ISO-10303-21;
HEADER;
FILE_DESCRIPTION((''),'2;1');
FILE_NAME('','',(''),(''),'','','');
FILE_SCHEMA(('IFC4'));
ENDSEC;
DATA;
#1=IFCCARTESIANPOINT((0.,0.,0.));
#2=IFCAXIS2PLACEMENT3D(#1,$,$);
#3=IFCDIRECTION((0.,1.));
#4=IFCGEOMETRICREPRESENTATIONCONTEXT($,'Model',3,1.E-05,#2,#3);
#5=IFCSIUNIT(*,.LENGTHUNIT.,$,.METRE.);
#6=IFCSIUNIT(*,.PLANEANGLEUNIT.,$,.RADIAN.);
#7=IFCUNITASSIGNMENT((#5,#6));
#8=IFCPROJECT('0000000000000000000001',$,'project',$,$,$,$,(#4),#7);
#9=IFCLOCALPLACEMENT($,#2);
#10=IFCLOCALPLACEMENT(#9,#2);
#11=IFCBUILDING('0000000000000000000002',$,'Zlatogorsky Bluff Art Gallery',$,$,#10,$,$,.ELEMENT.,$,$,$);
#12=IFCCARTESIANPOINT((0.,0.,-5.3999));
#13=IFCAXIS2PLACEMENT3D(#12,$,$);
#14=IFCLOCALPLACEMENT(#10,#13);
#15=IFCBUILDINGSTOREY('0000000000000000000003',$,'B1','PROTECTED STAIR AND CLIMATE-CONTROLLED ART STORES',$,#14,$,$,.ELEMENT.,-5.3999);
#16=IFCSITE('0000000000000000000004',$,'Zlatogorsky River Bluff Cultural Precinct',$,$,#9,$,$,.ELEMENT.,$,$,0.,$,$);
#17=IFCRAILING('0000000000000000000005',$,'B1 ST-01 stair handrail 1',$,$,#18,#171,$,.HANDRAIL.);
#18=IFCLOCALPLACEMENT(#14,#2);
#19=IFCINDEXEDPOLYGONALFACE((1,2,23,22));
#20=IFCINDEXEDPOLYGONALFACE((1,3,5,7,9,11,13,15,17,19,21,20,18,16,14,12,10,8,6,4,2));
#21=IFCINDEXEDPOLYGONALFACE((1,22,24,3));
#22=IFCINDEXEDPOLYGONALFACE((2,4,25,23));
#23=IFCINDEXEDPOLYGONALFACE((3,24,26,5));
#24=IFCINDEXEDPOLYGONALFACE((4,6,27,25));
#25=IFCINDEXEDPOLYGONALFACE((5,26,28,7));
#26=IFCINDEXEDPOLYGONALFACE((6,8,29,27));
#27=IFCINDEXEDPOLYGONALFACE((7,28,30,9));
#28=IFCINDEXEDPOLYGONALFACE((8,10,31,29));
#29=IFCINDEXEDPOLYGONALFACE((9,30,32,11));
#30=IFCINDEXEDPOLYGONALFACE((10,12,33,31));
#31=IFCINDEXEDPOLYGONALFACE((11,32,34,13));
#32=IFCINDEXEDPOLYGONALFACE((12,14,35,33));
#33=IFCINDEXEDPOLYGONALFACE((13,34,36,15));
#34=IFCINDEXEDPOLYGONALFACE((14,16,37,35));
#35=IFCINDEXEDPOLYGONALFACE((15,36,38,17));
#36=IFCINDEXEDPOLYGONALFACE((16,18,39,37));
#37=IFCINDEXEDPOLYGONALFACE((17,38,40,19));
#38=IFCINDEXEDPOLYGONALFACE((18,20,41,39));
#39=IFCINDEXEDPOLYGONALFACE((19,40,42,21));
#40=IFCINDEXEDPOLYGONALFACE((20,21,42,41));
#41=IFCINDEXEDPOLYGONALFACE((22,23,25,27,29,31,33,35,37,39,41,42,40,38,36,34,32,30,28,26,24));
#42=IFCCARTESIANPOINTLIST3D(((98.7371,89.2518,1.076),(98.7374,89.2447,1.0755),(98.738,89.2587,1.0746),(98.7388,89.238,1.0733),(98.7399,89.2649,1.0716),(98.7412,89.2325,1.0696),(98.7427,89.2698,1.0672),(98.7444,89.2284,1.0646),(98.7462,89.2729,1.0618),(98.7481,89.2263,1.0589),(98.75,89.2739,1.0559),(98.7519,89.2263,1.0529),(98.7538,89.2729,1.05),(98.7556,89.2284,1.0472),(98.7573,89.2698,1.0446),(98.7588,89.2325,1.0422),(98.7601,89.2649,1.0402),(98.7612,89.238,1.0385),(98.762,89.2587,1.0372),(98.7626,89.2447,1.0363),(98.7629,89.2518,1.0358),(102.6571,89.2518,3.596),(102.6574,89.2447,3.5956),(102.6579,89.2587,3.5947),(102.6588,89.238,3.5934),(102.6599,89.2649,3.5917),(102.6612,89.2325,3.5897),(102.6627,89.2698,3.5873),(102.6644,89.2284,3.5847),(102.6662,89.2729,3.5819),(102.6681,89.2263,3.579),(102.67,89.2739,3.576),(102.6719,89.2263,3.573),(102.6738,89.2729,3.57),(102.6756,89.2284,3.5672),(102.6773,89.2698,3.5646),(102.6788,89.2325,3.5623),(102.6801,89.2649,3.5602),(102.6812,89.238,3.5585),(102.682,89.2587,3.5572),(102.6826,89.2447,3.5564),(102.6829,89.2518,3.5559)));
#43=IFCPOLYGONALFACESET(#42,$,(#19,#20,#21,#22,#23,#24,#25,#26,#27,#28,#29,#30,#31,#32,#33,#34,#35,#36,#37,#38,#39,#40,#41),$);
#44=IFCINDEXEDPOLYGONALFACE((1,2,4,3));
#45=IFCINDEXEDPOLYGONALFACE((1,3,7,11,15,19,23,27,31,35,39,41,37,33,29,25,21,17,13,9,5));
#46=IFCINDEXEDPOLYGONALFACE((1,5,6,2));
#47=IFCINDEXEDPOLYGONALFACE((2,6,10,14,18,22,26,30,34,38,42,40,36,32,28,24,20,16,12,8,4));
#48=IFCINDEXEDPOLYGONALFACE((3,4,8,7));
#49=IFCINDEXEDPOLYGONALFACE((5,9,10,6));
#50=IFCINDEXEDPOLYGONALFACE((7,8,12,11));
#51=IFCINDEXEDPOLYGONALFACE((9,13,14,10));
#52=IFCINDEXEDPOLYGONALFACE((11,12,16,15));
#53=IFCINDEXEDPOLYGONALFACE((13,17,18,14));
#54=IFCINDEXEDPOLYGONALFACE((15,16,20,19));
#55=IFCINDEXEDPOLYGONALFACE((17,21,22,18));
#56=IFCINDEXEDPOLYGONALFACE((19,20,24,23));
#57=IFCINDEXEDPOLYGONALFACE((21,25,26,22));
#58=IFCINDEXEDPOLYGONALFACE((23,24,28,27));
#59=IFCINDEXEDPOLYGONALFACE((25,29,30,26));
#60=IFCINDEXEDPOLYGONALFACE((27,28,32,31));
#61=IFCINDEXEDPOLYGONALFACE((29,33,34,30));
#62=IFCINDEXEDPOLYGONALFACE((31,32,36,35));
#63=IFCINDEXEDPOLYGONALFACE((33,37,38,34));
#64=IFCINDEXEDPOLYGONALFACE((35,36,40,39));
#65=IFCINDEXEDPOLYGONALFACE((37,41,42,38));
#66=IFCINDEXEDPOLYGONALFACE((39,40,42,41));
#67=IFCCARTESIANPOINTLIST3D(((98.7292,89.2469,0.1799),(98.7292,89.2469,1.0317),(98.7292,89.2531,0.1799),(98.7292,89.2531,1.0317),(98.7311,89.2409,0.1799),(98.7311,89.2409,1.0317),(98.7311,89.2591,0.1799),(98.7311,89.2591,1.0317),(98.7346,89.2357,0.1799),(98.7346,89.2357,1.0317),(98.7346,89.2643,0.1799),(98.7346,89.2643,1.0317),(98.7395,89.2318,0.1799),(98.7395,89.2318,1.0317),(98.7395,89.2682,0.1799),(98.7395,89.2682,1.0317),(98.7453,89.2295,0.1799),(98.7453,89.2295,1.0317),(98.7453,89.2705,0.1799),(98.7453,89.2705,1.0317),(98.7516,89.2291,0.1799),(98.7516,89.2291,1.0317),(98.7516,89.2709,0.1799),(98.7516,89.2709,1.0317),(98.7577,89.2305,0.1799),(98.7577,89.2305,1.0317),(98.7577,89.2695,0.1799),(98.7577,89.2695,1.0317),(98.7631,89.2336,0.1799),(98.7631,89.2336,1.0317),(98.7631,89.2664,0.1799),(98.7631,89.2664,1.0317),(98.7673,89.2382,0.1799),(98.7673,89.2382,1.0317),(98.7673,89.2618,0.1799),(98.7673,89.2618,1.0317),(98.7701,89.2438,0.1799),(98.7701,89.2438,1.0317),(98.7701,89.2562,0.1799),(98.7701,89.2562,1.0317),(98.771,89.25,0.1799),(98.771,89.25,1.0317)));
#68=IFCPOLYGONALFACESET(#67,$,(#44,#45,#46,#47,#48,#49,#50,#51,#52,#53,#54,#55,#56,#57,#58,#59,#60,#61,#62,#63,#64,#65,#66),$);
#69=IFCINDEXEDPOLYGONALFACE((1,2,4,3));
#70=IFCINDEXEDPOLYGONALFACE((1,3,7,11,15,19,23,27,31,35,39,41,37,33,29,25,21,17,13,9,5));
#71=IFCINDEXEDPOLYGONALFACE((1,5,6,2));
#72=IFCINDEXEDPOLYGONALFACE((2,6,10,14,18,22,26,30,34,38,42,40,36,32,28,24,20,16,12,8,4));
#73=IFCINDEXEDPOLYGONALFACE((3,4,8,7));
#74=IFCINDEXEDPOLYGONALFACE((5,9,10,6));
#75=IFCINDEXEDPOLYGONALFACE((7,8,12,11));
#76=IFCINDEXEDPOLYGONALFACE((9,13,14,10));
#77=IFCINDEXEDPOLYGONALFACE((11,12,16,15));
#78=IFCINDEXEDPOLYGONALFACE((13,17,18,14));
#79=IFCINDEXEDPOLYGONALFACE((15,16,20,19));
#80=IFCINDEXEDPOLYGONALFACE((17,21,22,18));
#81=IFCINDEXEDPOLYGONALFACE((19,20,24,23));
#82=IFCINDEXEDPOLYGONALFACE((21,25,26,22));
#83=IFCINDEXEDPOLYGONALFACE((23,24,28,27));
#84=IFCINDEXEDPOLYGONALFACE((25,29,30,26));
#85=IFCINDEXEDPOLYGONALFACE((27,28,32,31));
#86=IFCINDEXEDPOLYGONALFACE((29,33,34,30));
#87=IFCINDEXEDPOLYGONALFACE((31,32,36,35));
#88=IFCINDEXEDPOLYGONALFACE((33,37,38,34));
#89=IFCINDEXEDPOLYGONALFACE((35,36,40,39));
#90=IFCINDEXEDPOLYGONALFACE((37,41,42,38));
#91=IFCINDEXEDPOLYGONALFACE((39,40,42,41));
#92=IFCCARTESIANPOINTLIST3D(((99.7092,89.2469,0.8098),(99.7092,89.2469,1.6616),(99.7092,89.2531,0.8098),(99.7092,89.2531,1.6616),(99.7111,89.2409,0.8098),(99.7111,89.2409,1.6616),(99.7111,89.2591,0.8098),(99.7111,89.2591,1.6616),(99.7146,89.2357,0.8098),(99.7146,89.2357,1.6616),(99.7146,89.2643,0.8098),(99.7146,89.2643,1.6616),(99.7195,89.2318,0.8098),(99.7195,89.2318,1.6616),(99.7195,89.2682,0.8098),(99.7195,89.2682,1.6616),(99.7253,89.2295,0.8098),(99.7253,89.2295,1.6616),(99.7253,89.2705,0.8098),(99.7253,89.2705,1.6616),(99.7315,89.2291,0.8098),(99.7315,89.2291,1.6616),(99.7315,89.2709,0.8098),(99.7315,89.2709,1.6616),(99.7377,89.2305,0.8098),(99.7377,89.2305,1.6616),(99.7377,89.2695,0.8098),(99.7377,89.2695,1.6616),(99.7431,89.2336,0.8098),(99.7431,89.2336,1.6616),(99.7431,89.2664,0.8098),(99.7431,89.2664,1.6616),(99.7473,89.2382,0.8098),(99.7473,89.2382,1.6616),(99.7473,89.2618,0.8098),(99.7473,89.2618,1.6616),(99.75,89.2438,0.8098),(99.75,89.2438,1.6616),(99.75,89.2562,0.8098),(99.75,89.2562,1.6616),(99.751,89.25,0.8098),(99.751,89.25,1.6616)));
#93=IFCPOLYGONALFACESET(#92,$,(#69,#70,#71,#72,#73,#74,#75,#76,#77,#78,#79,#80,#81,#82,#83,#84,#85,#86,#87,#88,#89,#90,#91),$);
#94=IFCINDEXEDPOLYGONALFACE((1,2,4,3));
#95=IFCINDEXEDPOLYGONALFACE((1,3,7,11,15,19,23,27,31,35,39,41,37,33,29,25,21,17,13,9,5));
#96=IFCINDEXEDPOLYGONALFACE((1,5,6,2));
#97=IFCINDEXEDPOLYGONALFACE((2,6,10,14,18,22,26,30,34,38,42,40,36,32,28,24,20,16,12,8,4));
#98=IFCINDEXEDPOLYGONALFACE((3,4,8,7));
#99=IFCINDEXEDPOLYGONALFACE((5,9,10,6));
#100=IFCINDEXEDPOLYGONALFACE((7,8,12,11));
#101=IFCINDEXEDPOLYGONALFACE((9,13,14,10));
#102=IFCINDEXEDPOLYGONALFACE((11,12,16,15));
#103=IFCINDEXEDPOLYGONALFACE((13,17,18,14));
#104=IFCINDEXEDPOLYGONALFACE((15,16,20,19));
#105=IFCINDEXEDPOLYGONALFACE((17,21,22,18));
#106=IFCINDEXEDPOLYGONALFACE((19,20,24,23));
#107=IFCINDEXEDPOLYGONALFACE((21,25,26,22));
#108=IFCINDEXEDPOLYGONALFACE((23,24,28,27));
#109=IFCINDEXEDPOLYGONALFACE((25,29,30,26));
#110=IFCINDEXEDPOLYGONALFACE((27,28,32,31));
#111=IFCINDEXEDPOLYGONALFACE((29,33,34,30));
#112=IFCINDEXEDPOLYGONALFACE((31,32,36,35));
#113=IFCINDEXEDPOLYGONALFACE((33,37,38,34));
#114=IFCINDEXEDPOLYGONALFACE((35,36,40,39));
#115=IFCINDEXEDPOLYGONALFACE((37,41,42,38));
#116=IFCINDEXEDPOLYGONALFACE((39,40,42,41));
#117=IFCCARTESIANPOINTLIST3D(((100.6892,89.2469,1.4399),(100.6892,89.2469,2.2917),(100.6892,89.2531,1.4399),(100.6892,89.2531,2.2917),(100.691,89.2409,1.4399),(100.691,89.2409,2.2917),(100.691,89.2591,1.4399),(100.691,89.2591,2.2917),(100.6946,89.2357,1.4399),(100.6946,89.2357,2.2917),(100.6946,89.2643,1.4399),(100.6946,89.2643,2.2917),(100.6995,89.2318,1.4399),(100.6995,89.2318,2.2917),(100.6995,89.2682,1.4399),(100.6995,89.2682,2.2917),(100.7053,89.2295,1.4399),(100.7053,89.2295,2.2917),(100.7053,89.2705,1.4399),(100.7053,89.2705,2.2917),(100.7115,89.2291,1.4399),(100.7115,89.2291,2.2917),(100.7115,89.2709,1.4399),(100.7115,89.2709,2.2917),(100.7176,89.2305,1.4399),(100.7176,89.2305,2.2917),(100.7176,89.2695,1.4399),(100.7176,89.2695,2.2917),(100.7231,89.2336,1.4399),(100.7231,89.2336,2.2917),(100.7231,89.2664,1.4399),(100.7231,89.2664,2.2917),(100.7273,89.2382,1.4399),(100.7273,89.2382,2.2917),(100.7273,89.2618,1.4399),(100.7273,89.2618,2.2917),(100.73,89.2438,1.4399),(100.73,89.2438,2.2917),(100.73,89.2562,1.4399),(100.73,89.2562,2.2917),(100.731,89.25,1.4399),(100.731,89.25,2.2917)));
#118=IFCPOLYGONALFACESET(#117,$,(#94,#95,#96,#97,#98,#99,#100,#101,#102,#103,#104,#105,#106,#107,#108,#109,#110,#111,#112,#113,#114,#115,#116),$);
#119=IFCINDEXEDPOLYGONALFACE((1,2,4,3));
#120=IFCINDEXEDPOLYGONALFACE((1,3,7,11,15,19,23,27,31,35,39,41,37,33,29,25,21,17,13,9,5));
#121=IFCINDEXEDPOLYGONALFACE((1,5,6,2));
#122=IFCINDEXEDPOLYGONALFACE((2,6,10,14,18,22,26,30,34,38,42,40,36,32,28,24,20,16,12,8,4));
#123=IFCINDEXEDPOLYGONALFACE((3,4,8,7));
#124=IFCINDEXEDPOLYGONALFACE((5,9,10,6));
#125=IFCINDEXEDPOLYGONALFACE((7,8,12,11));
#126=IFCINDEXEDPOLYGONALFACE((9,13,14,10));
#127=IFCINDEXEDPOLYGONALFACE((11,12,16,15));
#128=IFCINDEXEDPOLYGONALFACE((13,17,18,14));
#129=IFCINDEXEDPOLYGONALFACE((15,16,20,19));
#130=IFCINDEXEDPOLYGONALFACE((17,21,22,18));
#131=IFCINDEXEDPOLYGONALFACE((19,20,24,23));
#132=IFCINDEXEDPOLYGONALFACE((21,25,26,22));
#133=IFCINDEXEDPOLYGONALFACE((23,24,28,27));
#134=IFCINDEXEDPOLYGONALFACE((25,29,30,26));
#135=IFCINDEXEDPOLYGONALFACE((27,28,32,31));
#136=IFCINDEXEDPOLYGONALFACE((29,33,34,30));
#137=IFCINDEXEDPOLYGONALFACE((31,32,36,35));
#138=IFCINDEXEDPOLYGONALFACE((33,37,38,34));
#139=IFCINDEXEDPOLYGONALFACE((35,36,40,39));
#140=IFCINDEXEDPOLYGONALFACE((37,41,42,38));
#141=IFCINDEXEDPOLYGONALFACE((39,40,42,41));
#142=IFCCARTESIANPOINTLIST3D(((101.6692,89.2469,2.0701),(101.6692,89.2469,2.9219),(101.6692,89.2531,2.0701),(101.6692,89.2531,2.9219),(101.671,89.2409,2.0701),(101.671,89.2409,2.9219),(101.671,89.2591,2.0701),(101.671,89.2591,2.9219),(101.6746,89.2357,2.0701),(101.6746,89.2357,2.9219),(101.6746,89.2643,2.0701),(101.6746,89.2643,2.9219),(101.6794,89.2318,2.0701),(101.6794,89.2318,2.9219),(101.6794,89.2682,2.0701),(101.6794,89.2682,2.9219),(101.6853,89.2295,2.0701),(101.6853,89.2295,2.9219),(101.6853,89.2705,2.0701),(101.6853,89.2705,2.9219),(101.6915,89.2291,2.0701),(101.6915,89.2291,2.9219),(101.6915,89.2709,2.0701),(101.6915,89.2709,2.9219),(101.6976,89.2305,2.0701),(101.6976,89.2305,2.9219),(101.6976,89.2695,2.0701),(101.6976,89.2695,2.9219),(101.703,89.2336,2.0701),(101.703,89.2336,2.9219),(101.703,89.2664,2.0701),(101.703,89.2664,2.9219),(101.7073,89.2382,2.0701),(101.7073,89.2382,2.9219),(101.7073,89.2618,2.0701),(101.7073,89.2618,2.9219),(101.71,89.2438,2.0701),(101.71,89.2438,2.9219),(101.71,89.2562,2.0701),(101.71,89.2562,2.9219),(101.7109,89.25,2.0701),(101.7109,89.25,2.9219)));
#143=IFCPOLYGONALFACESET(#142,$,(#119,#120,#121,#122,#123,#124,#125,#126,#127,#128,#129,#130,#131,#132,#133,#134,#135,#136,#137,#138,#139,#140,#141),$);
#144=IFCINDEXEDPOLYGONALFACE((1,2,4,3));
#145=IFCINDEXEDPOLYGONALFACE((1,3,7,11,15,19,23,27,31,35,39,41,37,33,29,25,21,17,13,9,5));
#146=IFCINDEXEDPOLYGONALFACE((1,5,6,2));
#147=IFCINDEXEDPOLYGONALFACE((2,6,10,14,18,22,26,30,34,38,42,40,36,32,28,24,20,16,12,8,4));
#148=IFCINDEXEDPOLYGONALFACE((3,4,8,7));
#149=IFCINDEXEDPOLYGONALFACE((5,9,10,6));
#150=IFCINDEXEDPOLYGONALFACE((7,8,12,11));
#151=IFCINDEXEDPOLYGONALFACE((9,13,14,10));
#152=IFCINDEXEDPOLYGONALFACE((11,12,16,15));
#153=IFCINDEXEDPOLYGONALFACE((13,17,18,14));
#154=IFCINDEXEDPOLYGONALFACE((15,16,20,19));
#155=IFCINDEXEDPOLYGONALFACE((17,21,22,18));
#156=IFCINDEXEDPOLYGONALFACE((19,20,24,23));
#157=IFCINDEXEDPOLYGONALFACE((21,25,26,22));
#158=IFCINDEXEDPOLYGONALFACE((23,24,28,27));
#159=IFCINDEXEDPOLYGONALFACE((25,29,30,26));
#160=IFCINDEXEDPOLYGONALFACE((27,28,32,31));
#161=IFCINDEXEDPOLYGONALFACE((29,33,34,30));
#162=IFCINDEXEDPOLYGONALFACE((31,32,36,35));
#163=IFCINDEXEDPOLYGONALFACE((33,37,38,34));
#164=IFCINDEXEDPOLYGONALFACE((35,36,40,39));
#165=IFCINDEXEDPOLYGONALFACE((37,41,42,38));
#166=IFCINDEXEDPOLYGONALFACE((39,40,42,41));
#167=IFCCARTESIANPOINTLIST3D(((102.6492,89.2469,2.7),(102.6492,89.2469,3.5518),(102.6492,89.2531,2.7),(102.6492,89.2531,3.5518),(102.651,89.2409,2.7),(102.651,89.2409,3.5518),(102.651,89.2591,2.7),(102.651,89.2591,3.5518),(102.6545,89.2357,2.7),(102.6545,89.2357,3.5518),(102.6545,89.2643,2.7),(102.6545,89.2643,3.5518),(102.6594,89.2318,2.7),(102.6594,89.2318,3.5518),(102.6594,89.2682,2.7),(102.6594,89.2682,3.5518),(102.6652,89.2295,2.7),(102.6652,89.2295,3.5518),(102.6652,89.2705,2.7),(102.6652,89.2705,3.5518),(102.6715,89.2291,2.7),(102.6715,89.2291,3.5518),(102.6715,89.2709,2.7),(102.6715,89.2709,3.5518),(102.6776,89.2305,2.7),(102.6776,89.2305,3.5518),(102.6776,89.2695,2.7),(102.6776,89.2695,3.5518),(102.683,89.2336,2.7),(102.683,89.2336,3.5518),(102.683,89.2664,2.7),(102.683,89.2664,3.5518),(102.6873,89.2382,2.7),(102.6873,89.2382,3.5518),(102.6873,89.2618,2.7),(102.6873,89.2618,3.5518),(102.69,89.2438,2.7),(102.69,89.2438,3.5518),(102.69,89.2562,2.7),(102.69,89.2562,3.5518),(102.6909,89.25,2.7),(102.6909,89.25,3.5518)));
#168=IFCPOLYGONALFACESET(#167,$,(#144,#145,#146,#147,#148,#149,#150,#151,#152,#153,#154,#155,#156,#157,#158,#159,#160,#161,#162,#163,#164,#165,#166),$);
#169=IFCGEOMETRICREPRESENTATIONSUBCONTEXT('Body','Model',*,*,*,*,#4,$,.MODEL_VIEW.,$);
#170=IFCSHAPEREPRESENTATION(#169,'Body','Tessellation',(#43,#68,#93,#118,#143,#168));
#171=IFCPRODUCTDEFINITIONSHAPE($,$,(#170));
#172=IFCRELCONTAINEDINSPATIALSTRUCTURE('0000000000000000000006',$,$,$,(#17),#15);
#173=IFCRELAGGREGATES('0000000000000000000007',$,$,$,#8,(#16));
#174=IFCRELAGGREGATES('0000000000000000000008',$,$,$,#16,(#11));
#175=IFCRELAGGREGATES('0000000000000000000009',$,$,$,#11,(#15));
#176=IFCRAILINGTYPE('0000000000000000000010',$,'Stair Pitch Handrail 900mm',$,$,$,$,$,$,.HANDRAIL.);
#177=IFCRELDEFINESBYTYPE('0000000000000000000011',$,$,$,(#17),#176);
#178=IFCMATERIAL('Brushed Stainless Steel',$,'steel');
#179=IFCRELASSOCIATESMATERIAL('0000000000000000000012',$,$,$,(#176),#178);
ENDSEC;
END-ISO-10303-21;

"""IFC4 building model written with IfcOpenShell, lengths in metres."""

from ifc_helpers import new_model, si_unit, direction, frame, origin, origin_2d, place, context, subcontext, project, spatial, circle, extrude, material, type_object, element, save


model = new_model("IFC4")

# Units and contexts
model_context = context("Model", 3, precision=1e-05, world=origin(), true_north=direction((0.0, 1.0)))
body_context = subcontext(model_context, "Body", "Model", "MODEL_VIEW")
ifc_project = project(units=[si_unit("LENGTHUNIT", "METRE"), si_unit("PLANEANGLEUNIT", "RADIAN")], contexts=[model_context])

# Site, building, storey
site_placement = place(None, origin())
site = spatial("IfcSite", under=ifc_project, at=site_placement, Name="Zlatogorsky River Bluff Cultural Precinct", CompositionType="ELEMENT", RefElevation=0.0)
building_placement = place(site_placement, origin())
building = spatial("IfcBuilding", under=site, at=building_placement, Name="Zlatogorsky Bluff Art Gallery", CompositionType="ELEMENT")
storey_placement = place(building_placement, frame((0.0, 0.0, -5.3999)))
storey = spatial("IfcBuildingStorey", under=building, at=storey_placement, Name="B1", Description="PROTECTED STAIR AND CLIMATE-CONTROLLED ART STORES", CompositionType="ELEMENT", Elevation=-5.3999)

# Railing
ifc_material_1 = material(Name="Brushed Stainless Steel", Category="steel")
railing_type_1 = type_object("IfcRailingType", Name="Stair Pitch Handrail 900mm", PredefinedType="HANDRAIL", material=ifc_material_1)
railing_1_placement = place(storey_placement, frame((98.75, 89.25, 0.1799)))
element("IfcRailing", 1, at=railing_1_placement, inside=storey, type_object=railing_type_1, Name="B1 ST-01 stair handrail 1", PredefinedType="HANDRAIL", context=body_context, shape_type="SweptSolid", body=[
    extrude(circle(Radius=0.0239, at=origin_2d()), frame((0.0, 0.0, 0.876), z_axis=(0.841172, 0.0, 0.540768), x_axis=(0.0, 1.0, 0.0)), (0.0, 0.0, 1.0), 4.6602),
    extrude(circle(Radius=0.021, at=origin_2d()), origin(), (0.0, 0.0, 1.0), 0.8518),
    extrude(circle(Radius=0.021, at=origin_2d()), frame((0.98, 0.0, 0.6299)), (0.0, 0.0, 1.0), 0.8518),
    extrude(circle(Radius=0.021, at=origin_2d()), frame((1.96, 0.0, 1.26)), (0.0, 0.0, 1.0), 0.8518),
    extrude(circle(Radius=0.021, at=origin_2d()), frame((2.9399, 0.0, 1.8901)), (0.0, 0.0, 1.0), 0.8518),
    extrude(circle(Radius=0.021, at=origin_2d()), frame((3.9199, 0.0, 2.52)), (0.0, 0.0, 1.0), 0.8518),
])

save(model, "model.ifc")
